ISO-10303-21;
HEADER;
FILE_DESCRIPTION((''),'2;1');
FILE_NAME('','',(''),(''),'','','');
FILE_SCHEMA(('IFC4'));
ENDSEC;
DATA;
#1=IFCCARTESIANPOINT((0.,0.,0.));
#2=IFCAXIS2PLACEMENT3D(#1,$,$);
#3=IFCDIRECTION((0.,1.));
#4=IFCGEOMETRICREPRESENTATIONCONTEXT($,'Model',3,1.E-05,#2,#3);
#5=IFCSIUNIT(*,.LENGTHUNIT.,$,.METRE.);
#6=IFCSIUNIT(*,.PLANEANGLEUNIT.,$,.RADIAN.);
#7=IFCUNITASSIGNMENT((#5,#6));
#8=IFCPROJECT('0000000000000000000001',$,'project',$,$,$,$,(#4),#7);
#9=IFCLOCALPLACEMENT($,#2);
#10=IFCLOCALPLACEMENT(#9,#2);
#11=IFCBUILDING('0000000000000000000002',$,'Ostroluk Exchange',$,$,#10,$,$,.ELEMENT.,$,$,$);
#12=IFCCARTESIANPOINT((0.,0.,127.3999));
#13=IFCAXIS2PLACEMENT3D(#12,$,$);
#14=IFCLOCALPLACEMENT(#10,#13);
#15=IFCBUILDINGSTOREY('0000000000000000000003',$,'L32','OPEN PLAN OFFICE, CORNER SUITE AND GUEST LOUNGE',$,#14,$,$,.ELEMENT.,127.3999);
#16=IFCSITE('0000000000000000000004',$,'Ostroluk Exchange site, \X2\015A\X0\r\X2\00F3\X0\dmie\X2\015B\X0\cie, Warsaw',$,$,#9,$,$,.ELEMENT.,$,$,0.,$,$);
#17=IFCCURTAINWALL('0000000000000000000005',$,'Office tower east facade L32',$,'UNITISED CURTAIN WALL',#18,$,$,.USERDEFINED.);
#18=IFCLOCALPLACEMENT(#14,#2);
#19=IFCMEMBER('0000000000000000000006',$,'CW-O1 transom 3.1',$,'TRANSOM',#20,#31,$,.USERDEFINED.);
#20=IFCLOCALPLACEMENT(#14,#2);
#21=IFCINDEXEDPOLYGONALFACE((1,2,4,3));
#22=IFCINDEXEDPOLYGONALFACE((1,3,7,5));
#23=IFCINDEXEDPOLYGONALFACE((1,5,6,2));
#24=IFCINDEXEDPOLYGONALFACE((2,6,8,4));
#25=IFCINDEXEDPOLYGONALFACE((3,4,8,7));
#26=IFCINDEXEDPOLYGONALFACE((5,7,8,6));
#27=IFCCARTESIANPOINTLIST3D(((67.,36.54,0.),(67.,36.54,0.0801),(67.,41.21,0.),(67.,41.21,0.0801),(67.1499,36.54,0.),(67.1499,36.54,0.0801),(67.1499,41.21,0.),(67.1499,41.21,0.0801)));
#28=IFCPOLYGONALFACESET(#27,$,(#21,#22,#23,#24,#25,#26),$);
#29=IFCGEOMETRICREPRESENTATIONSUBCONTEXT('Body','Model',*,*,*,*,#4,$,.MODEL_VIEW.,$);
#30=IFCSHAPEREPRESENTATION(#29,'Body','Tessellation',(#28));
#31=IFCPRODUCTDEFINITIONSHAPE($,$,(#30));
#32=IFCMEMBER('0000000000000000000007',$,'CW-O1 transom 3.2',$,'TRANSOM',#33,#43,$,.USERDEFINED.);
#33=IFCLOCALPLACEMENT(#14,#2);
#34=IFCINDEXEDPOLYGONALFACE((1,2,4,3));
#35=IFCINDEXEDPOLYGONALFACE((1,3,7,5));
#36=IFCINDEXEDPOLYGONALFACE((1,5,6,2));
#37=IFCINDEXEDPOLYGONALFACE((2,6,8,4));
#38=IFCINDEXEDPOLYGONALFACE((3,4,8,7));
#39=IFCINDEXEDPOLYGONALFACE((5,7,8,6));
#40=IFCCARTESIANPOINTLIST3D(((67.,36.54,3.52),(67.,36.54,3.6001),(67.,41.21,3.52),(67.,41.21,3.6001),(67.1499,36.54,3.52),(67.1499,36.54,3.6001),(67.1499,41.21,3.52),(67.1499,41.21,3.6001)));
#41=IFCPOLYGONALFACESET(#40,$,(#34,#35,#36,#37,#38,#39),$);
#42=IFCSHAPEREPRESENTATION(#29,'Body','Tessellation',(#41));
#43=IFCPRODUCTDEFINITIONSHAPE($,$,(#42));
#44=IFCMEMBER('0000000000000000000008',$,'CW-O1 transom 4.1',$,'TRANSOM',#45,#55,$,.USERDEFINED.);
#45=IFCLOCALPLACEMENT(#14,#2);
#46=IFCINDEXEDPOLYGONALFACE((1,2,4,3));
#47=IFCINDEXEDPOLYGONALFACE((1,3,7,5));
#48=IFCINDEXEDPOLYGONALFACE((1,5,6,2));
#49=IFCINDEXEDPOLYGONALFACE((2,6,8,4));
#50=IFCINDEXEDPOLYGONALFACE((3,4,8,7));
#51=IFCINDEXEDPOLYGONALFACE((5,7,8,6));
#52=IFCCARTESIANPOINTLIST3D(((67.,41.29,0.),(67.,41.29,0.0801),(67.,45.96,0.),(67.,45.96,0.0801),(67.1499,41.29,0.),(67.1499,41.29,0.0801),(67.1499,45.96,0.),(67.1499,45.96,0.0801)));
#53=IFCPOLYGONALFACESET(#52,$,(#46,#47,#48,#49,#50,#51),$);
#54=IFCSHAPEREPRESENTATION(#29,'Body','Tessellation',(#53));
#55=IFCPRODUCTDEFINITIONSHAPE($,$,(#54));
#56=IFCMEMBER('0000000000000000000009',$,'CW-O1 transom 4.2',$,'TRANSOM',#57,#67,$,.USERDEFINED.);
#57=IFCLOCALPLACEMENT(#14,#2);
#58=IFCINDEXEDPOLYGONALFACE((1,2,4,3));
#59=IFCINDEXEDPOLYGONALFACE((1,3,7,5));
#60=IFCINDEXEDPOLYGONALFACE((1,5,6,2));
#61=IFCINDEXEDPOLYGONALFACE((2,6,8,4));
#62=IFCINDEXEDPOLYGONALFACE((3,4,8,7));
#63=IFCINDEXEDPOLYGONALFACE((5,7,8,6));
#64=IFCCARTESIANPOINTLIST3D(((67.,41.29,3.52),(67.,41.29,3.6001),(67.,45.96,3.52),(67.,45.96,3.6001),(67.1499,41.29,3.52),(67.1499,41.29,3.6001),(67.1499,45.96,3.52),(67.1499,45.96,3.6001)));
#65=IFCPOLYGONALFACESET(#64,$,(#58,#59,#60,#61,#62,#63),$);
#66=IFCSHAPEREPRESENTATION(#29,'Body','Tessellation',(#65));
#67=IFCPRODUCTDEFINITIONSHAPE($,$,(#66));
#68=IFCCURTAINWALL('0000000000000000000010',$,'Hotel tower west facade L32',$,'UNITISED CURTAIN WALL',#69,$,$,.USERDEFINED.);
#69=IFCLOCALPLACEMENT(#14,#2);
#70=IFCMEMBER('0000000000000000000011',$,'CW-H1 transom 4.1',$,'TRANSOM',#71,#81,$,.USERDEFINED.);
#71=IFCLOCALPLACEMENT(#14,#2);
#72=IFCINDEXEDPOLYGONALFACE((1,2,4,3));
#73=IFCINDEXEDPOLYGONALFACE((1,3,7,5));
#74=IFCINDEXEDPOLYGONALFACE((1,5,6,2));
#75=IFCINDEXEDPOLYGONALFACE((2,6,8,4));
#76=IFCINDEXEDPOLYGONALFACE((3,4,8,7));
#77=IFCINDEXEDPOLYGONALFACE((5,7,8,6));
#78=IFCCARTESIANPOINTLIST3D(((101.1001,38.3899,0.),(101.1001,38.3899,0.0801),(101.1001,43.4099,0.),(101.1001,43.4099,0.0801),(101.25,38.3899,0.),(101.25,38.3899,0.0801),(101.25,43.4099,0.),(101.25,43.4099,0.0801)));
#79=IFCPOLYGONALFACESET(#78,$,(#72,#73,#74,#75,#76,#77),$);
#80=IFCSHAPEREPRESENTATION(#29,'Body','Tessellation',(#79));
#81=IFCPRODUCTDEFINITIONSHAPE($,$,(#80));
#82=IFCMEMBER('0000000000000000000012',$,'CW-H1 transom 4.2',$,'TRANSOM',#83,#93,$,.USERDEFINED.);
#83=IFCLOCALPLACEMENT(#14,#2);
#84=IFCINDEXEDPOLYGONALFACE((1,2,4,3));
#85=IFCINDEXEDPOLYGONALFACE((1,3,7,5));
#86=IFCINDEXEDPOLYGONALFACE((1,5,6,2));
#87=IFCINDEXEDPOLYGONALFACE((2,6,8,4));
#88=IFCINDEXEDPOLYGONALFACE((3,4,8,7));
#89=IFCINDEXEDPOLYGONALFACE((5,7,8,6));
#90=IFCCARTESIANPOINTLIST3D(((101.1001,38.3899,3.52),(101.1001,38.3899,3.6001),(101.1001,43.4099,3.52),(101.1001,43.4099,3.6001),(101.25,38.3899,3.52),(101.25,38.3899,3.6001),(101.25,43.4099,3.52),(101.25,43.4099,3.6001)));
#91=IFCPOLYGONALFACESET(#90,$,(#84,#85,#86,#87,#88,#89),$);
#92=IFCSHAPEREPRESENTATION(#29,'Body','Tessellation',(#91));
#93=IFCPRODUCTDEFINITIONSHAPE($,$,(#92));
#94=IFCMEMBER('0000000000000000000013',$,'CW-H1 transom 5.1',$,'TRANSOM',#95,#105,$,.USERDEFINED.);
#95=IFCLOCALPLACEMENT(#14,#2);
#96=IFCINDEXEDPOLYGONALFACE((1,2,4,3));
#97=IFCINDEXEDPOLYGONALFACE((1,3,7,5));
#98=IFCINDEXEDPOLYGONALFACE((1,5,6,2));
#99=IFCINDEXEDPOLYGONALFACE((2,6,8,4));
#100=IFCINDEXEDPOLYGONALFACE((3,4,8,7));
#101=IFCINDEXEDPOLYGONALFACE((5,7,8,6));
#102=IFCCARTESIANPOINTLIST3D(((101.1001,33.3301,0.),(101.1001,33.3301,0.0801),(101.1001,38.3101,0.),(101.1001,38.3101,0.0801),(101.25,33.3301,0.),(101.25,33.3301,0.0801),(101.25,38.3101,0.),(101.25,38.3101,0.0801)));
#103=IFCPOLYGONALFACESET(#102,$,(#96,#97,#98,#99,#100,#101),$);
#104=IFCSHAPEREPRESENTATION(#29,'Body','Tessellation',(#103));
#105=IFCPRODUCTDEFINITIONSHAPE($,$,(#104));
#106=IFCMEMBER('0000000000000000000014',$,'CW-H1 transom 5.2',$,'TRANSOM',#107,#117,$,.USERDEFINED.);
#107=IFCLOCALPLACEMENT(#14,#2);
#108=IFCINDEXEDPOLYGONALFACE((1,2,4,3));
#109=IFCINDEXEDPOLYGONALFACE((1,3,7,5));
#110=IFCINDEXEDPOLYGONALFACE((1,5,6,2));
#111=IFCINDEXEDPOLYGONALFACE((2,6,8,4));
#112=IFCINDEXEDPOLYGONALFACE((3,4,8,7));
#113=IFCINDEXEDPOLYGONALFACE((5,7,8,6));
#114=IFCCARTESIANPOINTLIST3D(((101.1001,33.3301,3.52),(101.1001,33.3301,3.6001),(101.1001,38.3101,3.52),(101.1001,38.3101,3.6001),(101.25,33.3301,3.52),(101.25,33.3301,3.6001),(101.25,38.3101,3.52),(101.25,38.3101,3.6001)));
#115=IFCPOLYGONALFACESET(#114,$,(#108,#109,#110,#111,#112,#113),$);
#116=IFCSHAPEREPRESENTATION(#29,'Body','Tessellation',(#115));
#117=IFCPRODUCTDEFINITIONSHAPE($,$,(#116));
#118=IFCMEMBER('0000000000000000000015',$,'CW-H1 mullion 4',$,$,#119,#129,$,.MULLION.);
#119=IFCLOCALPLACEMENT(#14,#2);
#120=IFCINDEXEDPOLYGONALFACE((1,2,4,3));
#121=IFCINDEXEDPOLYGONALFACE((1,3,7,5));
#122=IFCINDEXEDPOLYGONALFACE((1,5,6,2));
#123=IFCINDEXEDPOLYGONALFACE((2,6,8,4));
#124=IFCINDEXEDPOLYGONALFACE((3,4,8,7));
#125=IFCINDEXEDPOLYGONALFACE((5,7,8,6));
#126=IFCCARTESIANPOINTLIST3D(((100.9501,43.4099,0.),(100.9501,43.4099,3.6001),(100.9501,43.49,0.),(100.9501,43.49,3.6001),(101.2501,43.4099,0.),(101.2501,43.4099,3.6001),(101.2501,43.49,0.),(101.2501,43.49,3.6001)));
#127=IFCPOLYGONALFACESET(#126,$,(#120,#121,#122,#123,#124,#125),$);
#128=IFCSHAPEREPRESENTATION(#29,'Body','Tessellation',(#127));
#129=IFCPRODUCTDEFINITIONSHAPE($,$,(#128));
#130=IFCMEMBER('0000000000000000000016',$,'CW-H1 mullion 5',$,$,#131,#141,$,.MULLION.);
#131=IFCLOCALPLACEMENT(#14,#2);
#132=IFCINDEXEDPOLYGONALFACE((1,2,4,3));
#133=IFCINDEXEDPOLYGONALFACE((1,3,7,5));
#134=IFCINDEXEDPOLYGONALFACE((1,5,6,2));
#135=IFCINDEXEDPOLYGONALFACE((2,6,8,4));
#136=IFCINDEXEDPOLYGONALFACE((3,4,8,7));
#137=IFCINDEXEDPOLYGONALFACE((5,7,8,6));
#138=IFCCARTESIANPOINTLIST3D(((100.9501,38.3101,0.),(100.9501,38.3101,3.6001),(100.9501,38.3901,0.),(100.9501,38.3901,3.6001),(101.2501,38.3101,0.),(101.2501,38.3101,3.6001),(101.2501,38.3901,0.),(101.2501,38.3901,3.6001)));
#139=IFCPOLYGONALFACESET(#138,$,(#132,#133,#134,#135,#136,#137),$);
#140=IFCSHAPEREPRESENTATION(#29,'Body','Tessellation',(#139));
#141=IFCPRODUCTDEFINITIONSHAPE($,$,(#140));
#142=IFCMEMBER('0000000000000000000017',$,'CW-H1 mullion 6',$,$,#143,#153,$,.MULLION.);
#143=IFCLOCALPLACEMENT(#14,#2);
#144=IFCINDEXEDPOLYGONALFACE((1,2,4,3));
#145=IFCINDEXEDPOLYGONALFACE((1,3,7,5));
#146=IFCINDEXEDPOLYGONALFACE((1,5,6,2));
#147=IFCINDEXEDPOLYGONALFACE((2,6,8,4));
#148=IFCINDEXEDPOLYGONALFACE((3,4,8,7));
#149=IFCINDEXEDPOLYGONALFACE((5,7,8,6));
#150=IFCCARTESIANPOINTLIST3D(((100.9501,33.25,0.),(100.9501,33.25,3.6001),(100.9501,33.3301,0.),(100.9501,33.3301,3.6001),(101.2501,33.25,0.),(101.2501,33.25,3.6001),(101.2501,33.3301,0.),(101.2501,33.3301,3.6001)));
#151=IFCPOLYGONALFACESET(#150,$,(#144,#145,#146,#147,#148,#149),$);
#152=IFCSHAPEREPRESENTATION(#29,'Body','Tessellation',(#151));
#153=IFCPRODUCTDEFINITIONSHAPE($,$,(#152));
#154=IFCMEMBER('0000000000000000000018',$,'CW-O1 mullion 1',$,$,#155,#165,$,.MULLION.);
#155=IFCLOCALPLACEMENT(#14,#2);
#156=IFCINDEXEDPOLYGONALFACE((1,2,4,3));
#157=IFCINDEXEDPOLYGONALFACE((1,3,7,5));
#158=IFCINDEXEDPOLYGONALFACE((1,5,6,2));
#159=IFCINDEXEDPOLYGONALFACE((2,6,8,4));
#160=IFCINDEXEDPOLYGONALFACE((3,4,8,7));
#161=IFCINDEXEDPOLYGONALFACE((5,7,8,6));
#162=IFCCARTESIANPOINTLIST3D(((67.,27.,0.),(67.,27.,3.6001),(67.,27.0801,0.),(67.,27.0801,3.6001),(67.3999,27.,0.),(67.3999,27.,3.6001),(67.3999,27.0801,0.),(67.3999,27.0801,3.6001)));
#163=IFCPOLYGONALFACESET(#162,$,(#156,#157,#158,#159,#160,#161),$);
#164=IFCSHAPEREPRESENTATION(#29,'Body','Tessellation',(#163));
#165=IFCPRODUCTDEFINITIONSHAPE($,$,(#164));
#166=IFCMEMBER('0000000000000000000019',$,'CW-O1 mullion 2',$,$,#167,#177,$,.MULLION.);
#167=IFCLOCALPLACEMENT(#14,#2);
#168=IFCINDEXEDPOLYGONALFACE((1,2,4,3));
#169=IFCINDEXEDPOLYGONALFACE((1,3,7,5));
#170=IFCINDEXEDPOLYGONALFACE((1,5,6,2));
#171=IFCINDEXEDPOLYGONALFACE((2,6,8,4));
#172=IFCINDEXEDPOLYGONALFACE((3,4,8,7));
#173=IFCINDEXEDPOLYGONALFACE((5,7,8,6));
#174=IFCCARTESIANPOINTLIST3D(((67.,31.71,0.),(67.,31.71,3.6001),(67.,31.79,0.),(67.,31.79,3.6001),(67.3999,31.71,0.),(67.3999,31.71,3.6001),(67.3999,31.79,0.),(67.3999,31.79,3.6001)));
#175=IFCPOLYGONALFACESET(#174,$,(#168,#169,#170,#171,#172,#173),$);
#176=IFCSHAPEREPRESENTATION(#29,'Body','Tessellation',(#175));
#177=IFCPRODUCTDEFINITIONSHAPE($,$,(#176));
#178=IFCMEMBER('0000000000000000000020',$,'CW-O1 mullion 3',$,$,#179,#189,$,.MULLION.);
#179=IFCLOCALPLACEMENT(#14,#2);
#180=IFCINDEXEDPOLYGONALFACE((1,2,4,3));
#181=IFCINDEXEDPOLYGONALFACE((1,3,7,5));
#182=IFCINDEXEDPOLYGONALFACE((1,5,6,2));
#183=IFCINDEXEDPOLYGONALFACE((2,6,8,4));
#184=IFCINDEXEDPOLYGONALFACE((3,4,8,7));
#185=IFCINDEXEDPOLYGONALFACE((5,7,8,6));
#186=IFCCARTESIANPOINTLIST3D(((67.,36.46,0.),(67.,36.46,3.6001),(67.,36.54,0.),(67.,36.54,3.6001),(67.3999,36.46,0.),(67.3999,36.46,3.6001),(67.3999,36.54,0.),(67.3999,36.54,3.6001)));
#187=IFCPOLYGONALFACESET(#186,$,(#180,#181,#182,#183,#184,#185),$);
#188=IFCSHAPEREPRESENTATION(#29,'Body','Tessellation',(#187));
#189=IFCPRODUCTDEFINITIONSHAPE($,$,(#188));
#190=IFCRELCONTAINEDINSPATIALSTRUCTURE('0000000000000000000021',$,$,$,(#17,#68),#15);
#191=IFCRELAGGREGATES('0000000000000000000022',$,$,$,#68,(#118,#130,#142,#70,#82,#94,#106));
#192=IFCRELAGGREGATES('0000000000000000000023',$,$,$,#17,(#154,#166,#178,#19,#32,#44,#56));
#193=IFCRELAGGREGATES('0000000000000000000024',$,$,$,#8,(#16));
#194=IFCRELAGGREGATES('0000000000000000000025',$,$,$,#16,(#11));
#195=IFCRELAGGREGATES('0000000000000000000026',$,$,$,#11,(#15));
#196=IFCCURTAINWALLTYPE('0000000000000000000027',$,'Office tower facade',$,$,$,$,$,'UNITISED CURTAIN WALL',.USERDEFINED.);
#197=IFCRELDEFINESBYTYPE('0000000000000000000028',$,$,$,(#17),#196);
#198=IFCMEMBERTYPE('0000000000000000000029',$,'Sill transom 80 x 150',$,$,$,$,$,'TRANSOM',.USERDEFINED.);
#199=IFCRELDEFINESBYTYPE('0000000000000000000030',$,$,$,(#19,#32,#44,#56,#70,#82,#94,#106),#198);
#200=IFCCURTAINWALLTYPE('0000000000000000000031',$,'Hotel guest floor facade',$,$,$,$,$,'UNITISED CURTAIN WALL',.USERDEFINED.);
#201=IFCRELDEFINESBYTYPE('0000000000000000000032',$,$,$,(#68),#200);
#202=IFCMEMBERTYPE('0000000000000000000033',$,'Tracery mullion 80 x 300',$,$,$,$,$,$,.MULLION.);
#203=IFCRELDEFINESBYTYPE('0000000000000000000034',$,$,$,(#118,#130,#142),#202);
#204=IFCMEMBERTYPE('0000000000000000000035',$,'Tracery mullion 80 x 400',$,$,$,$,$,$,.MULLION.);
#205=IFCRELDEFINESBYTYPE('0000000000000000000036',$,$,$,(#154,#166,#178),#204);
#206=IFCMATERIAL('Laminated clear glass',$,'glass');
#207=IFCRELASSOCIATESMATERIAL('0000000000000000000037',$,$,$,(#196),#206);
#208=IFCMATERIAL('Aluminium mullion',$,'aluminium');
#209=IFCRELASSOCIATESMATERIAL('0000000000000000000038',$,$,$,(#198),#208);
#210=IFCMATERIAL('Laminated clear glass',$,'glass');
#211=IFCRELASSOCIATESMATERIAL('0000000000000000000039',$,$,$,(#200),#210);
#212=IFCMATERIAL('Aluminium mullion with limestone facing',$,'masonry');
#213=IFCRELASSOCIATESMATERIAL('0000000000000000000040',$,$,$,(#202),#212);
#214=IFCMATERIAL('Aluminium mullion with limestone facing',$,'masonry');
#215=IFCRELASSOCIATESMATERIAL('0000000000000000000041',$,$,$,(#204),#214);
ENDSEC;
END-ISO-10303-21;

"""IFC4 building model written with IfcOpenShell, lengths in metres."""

from ifc_helpers import new_model, si_unit, direction, frame, origin, origin_2d, place, context, subcontext, project, spatial, rectangle, extrude, material, material_profile, profile_set, type_object, element, aggregate, save


model = new_model("IFC4")

# Units and contexts
model_context = context("Model", 3, precision=1e-05, world=origin(), true_north=direction((0.0, 1.0)))
body_context = subcontext(model_context, "Body", "Model", "MODEL_VIEW")
ifc_project = project(units=[si_unit("LENGTHUNIT", "METRE"), si_unit("PLANEANGLEUNIT", "RADIAN")], contexts=[model_context])

# Site, building, storey
site_placement = place(None, origin())
site = spatial("IfcSite", under=ifc_project, at=site_placement, Name="Ostroluk Exchange site, Śródmieście, Warsaw", CompositionType="ELEMENT", RefElevation=0.0)
building_placement = place(site_placement, origin())
building = spatial("IfcBuilding", under=site, at=building_placement, Name="Ostroluk Exchange", CompositionType="ELEMENT")
storey_placement = place(building_placement, frame((0.0, 0.0, 127.3999)))
storey = spatial("IfcBuildingStorey", under=building, at=storey_placement, Name="L32", Description="OPEN PLAN OFFICE, CORNER SUITE AND GUEST LOUNGE", CompositionType="ELEMENT", Elevation=127.3999)

# Curtain walls, members
ifc_material_1 = material(Name="Laminated clear glass", Category="glass")
curtain_wall_type_1 = type_object("IfcCurtainWallType", Name="Office tower facade", ElementType="UNITISED CURTAIN WALL", PredefinedType="USERDEFINED", material=ifc_material_1)
curtain_wall_1_placement = place(storey_placement, origin())
curtain_wall_1 = element("IfcCurtainWall", 1, at=curtain_wall_1_placement, inside=storey, type_object=curtain_wall_type_1, Name="Office tower east facade L32", ObjectType="UNITISED CURTAIN WALL", PredefinedType="USERDEFINED")
ifc_material_2 = material(Name="Aluminium mullion", Category="aluminium")
ifc_material_profile_1 = material_profile(ifc_material_2, rectangle(XDim=0.1499, YDim=0.0801, at=origin_2d()), Name="Sill transom 80 x 150")
ifc_profile_set_1 = profile_set([ifc_material_profile_1], Name="Aluminium mullion")
member_type_1 = type_object("IfcMemberType", Name="Sill transom 80 x 150", ElementType="TRANSOM", PredefinedType="USERDEFINED", material=ifc_profile_set_1)
member_1_placement = place(storey_placement, frame((67.075, 36.54, 0.04), z_axis=(0.0, 1.0, 0.0), x_axis=(-1.0, 0.0, 0.0)))
member_1 = element("IfcMember", 2, at=member_1_placement, type_object=member_type_1, Name="CW-O1 transom 3.1", ObjectType="TRANSOM", PredefinedType="USERDEFINED", context=body_context, shape_type="SweptSolid", body=[
    extrude(rectangle(XDim=0.1499, YDim=0.0801, at=origin_2d()), origin(), (0.0, 0.0, 1.0), 4.6699),
])
member_2_placement = place(storey_placement, frame((67.075, 36.54, 3.5601), z_axis=(0.0, 1.0, 0.0), x_axis=(-1.0, 0.0, 0.0)))
member_2 = element("IfcMember", 3, at=member_2_placement, type_object=member_type_1, Name="CW-O1 transom 3.2", ObjectType="TRANSOM", PredefinedType="USERDEFINED", context=body_context, shape_type="SweptSolid", body=[
    extrude(rectangle(XDim=0.1499, YDim=0.0801, at=origin_2d()), origin(), (0.0, 0.0, 1.0), 4.6699),
])
member_3_placement = place(storey_placement, frame((67.075, 41.29, 0.04), z_axis=(0.0, 1.0, 0.0), x_axis=(-1.0, 0.0, 0.0)))
member_3 = element("IfcMember", 4, at=member_3_placement, type_object=member_type_1, Name="CW-O1 transom 4.1", ObjectType="TRANSOM", PredefinedType="USERDEFINED", context=body_context, shape_type="SweptSolid", body=[
    extrude(rectangle(XDim=0.1499, YDim=0.0801, at=origin_2d()), origin(), (0.0, 0.0, 1.0), 4.6699),
])
member_4_placement = place(storey_placement, frame((67.075, 41.29, 3.5601), z_axis=(0.0, 1.0, 0.0), x_axis=(-1.0, 0.0, 0.0)))
member_4 = element("IfcMember", 5, at=member_4_placement, type_object=member_type_1, Name="CW-O1 transom 4.2", ObjectType="TRANSOM", PredefinedType="USERDEFINED", context=body_context, shape_type="SweptSolid", body=[
    extrude(rectangle(XDim=0.1499, YDim=0.0801, at=origin_2d()), origin(), (0.0, 0.0, 1.0), 4.6699),
])
ifc_material_3 = material(Name="Laminated clear glass", Category="glass")
curtain_wall_type_2 = type_object("IfcCurtainWallType", Name="Hotel guest floor facade", ElementType="UNITISED CURTAIN WALL", PredefinedType="USERDEFINED", material=ifc_material_3)
curtain_wall_2_placement = place(storey_placement, origin())
curtain_wall_2 = element("IfcCurtainWall", 6, at=curtain_wall_2_placement, inside=storey, type_object=curtain_wall_type_2, Name="Hotel tower west facade L32", ObjectType="UNITISED CURTAIN WALL", PredefinedType="USERDEFINED")
member_5_placement = place(storey_placement, frame((101.175, 43.4099, 0.04), z_axis=(0.0, -1.0, 0.0), x_axis=(1.0, 0.0, 0.0)))
member_5 = element("IfcMember", 7, at=member_5_placement, type_object=member_type_1, Name="CW-H1 transom 4.1", ObjectType="TRANSOM", PredefinedType="USERDEFINED", context=body_context, shape_type="SweptSolid", body=[
    extrude(rectangle(XDim=0.1499, YDim=0.0801, at=origin_2d()), origin(), (0.0, 0.0, 1.0), 5.02),
])
member_6_placement = place(storey_placement, frame((101.175, 43.4099, 3.5601), z_axis=(0.0, -1.0, 0.0), x_axis=(1.0, 0.0, 0.0)))
member_6 = element("IfcMember", 8, at=member_6_placement, type_object=member_type_1, Name="CW-H1 transom 4.2", ObjectType="TRANSOM", PredefinedType="USERDEFINED", context=body_context, shape_type="SweptSolid", body=[
    extrude(rectangle(XDim=0.1499, YDim=0.0801, at=origin_2d()), origin(), (0.0, 0.0, 1.0), 5.02),
])
member_7_placement = place(storey_placement, frame((101.175, 38.3101, 0.04), z_axis=(0.0, -1.0, 0.0), x_axis=(1.0, 0.0, 0.0)))
member_7 = element("IfcMember", 9, at=member_7_placement, type_object=member_type_1, Name="CW-H1 transom 5.1", ObjectType="TRANSOM", PredefinedType="USERDEFINED", context=body_context, shape_type="SweptSolid", body=[
    extrude(rectangle(XDim=0.1499, YDim=0.0801, at=origin_2d()), origin(), (0.0, 0.0, 1.0), 4.98),
])
member_8_placement = place(storey_placement, frame((101.175, 38.3101, 3.5601), z_axis=(0.0, -1.0, 0.0), x_axis=(1.0, 0.0, 0.0)))
member_8 = element("IfcMember", 10, at=member_8_placement, type_object=member_type_1, Name="CW-H1 transom 5.2", ObjectType="TRANSOM", PredefinedType="USERDEFINED", context=body_context, shape_type="SweptSolid", body=[
    extrude(rectangle(XDim=0.1499, YDim=0.0801, at=origin_2d()), origin(), (0.0, 0.0, 1.0), 4.98),
])
ifc_material_4 = material(Name="Aluminium mullion with limestone facing", Category="masonry")
ifc_material_profile_2 = material_profile(ifc_material_4, rectangle(XDim=0.3, YDim=0.0801, at=origin_2d()), Name="Tracery mullion 80 x 300")
ifc_profile_set_2 = profile_set([ifc_material_profile_2], Name="Aluminium mullion with limestone facing")
member_type_2 = type_object("IfcMemberType", Name="Tracery mullion 80 x 300", PredefinedType="MULLION", material=ifc_profile_set_2)
member_9_placement = place(storey_placement, frame((101.1001, 43.45, 0.0), z_axis=(0.0, 0.0, 1.0), x_axis=(1.0, 0.0, 0.0)))
member_9 = element("IfcMember", 11, at=member_9_placement, type_object=member_type_2, Name="CW-H1 mullion 4", PredefinedType="MULLION", context=body_context, shape_type="SweptSolid", body=[
    extrude(rectangle(XDim=0.3, YDim=0.0801, at=origin_2d()), origin(), (0.0, 0.0, 1.0), 3.6001),
])
member_10_placement = place(storey_placement, frame((101.1001, 38.3501, 0.0), z_axis=(0.0, 0.0, 1.0), x_axis=(1.0, 0.0, 0.0)))
member_10 = element("IfcMember", 12, at=member_10_placement, type_object=member_type_2, Name="CW-H1 mullion 5", PredefinedType="MULLION", context=body_context, shape_type="SweptSolid", body=[
    extrude(rectangle(XDim=0.3, YDim=0.0801, at=origin_2d()), origin(), (0.0, 0.0, 1.0), 3.6001),
])
member_11_placement = place(storey_placement, frame((101.1001, 33.29, 0.0), z_axis=(0.0, 0.0, 1.0), x_axis=(1.0, 0.0, 0.0)))
member_11 = element("IfcMember", 13, at=member_11_placement, type_object=member_type_2, Name="CW-H1 mullion 6", PredefinedType="MULLION", context=body_context, shape_type="SweptSolid", body=[
    extrude(rectangle(XDim=0.3, YDim=0.0801, at=origin_2d()), origin(), (0.0, 0.0, 1.0), 3.6001),
])

# Members
ifc_material_5 = material(Name="Aluminium mullion with limestone facing", Category="masonry")
ifc_material_profile_3 = material_profile(ifc_material_5, rectangle(XDim=0.3999, YDim=0.0801, at=origin_2d()), Name="Tracery mullion 80 x 400")
ifc_profile_set_3 = profile_set([ifc_material_profile_3], Name="Aluminium mullion with limestone facing")
member_type_3 = type_object("IfcMemberType", Name="Tracery mullion 80 x 400", PredefinedType="MULLION", material=ifc_profile_set_3)
member_12_placement = place(storey_placement, frame((67.2, 27.04, 0.0), z_axis=(0.0, 0.0, 1.0), x_axis=(-1.0, 0.0, 0.0)))
member_12 = element("IfcMember", 14, at=member_12_placement, type_object=member_type_3, Name="CW-O1 mullion 1", PredefinedType="MULLION", context=body_context, shape_type="SweptSolid", body=[
    extrude(rectangle(XDim=0.3999, YDim=0.0801, at=origin_2d()), origin(), (0.0, 0.0, 1.0), 3.6001),
])
member_13_placement = place(storey_placement, frame((67.2, 31.75, 0.0), z_axis=(0.0, 0.0, 1.0), x_axis=(-1.0, 0.0, 0.0)))
member_13 = element("IfcMember", 15, at=member_13_placement, type_object=member_type_3, Name="CW-O1 mullion 2", PredefinedType="MULLION", context=body_context, shape_type="SweptSolid", body=[
    extrude(rectangle(XDim=0.3999, YDim=0.0801, at=origin_2d()), origin(), (0.0, 0.0, 1.0), 3.6001),
])
member_14_placement = place(storey_placement, frame((67.2, 36.5, 0.0), z_axis=(0.0, 0.0, 1.0), x_axis=(-1.0, 0.0, 0.0)))
member_14 = element("IfcMember", 16, at=member_14_placement, type_object=member_type_3, Name="CW-O1 mullion 3", PredefinedType="MULLION", context=body_context, shape_type="SweptSolid", body=[
    extrude(rectangle(XDim=0.3999, YDim=0.0801, at=origin_2d()), origin(), (0.0, 0.0, 1.0), 3.6001),
])

aggregate(curtain_wall_2, [member_9, member_10, member_11, member_5, member_6, member_7, member_8])
aggregate(curtain_wall_1, [member_12, member_13, member_14, member_1, member_2, member_3, member_4])

save(model, "model.ifc")
